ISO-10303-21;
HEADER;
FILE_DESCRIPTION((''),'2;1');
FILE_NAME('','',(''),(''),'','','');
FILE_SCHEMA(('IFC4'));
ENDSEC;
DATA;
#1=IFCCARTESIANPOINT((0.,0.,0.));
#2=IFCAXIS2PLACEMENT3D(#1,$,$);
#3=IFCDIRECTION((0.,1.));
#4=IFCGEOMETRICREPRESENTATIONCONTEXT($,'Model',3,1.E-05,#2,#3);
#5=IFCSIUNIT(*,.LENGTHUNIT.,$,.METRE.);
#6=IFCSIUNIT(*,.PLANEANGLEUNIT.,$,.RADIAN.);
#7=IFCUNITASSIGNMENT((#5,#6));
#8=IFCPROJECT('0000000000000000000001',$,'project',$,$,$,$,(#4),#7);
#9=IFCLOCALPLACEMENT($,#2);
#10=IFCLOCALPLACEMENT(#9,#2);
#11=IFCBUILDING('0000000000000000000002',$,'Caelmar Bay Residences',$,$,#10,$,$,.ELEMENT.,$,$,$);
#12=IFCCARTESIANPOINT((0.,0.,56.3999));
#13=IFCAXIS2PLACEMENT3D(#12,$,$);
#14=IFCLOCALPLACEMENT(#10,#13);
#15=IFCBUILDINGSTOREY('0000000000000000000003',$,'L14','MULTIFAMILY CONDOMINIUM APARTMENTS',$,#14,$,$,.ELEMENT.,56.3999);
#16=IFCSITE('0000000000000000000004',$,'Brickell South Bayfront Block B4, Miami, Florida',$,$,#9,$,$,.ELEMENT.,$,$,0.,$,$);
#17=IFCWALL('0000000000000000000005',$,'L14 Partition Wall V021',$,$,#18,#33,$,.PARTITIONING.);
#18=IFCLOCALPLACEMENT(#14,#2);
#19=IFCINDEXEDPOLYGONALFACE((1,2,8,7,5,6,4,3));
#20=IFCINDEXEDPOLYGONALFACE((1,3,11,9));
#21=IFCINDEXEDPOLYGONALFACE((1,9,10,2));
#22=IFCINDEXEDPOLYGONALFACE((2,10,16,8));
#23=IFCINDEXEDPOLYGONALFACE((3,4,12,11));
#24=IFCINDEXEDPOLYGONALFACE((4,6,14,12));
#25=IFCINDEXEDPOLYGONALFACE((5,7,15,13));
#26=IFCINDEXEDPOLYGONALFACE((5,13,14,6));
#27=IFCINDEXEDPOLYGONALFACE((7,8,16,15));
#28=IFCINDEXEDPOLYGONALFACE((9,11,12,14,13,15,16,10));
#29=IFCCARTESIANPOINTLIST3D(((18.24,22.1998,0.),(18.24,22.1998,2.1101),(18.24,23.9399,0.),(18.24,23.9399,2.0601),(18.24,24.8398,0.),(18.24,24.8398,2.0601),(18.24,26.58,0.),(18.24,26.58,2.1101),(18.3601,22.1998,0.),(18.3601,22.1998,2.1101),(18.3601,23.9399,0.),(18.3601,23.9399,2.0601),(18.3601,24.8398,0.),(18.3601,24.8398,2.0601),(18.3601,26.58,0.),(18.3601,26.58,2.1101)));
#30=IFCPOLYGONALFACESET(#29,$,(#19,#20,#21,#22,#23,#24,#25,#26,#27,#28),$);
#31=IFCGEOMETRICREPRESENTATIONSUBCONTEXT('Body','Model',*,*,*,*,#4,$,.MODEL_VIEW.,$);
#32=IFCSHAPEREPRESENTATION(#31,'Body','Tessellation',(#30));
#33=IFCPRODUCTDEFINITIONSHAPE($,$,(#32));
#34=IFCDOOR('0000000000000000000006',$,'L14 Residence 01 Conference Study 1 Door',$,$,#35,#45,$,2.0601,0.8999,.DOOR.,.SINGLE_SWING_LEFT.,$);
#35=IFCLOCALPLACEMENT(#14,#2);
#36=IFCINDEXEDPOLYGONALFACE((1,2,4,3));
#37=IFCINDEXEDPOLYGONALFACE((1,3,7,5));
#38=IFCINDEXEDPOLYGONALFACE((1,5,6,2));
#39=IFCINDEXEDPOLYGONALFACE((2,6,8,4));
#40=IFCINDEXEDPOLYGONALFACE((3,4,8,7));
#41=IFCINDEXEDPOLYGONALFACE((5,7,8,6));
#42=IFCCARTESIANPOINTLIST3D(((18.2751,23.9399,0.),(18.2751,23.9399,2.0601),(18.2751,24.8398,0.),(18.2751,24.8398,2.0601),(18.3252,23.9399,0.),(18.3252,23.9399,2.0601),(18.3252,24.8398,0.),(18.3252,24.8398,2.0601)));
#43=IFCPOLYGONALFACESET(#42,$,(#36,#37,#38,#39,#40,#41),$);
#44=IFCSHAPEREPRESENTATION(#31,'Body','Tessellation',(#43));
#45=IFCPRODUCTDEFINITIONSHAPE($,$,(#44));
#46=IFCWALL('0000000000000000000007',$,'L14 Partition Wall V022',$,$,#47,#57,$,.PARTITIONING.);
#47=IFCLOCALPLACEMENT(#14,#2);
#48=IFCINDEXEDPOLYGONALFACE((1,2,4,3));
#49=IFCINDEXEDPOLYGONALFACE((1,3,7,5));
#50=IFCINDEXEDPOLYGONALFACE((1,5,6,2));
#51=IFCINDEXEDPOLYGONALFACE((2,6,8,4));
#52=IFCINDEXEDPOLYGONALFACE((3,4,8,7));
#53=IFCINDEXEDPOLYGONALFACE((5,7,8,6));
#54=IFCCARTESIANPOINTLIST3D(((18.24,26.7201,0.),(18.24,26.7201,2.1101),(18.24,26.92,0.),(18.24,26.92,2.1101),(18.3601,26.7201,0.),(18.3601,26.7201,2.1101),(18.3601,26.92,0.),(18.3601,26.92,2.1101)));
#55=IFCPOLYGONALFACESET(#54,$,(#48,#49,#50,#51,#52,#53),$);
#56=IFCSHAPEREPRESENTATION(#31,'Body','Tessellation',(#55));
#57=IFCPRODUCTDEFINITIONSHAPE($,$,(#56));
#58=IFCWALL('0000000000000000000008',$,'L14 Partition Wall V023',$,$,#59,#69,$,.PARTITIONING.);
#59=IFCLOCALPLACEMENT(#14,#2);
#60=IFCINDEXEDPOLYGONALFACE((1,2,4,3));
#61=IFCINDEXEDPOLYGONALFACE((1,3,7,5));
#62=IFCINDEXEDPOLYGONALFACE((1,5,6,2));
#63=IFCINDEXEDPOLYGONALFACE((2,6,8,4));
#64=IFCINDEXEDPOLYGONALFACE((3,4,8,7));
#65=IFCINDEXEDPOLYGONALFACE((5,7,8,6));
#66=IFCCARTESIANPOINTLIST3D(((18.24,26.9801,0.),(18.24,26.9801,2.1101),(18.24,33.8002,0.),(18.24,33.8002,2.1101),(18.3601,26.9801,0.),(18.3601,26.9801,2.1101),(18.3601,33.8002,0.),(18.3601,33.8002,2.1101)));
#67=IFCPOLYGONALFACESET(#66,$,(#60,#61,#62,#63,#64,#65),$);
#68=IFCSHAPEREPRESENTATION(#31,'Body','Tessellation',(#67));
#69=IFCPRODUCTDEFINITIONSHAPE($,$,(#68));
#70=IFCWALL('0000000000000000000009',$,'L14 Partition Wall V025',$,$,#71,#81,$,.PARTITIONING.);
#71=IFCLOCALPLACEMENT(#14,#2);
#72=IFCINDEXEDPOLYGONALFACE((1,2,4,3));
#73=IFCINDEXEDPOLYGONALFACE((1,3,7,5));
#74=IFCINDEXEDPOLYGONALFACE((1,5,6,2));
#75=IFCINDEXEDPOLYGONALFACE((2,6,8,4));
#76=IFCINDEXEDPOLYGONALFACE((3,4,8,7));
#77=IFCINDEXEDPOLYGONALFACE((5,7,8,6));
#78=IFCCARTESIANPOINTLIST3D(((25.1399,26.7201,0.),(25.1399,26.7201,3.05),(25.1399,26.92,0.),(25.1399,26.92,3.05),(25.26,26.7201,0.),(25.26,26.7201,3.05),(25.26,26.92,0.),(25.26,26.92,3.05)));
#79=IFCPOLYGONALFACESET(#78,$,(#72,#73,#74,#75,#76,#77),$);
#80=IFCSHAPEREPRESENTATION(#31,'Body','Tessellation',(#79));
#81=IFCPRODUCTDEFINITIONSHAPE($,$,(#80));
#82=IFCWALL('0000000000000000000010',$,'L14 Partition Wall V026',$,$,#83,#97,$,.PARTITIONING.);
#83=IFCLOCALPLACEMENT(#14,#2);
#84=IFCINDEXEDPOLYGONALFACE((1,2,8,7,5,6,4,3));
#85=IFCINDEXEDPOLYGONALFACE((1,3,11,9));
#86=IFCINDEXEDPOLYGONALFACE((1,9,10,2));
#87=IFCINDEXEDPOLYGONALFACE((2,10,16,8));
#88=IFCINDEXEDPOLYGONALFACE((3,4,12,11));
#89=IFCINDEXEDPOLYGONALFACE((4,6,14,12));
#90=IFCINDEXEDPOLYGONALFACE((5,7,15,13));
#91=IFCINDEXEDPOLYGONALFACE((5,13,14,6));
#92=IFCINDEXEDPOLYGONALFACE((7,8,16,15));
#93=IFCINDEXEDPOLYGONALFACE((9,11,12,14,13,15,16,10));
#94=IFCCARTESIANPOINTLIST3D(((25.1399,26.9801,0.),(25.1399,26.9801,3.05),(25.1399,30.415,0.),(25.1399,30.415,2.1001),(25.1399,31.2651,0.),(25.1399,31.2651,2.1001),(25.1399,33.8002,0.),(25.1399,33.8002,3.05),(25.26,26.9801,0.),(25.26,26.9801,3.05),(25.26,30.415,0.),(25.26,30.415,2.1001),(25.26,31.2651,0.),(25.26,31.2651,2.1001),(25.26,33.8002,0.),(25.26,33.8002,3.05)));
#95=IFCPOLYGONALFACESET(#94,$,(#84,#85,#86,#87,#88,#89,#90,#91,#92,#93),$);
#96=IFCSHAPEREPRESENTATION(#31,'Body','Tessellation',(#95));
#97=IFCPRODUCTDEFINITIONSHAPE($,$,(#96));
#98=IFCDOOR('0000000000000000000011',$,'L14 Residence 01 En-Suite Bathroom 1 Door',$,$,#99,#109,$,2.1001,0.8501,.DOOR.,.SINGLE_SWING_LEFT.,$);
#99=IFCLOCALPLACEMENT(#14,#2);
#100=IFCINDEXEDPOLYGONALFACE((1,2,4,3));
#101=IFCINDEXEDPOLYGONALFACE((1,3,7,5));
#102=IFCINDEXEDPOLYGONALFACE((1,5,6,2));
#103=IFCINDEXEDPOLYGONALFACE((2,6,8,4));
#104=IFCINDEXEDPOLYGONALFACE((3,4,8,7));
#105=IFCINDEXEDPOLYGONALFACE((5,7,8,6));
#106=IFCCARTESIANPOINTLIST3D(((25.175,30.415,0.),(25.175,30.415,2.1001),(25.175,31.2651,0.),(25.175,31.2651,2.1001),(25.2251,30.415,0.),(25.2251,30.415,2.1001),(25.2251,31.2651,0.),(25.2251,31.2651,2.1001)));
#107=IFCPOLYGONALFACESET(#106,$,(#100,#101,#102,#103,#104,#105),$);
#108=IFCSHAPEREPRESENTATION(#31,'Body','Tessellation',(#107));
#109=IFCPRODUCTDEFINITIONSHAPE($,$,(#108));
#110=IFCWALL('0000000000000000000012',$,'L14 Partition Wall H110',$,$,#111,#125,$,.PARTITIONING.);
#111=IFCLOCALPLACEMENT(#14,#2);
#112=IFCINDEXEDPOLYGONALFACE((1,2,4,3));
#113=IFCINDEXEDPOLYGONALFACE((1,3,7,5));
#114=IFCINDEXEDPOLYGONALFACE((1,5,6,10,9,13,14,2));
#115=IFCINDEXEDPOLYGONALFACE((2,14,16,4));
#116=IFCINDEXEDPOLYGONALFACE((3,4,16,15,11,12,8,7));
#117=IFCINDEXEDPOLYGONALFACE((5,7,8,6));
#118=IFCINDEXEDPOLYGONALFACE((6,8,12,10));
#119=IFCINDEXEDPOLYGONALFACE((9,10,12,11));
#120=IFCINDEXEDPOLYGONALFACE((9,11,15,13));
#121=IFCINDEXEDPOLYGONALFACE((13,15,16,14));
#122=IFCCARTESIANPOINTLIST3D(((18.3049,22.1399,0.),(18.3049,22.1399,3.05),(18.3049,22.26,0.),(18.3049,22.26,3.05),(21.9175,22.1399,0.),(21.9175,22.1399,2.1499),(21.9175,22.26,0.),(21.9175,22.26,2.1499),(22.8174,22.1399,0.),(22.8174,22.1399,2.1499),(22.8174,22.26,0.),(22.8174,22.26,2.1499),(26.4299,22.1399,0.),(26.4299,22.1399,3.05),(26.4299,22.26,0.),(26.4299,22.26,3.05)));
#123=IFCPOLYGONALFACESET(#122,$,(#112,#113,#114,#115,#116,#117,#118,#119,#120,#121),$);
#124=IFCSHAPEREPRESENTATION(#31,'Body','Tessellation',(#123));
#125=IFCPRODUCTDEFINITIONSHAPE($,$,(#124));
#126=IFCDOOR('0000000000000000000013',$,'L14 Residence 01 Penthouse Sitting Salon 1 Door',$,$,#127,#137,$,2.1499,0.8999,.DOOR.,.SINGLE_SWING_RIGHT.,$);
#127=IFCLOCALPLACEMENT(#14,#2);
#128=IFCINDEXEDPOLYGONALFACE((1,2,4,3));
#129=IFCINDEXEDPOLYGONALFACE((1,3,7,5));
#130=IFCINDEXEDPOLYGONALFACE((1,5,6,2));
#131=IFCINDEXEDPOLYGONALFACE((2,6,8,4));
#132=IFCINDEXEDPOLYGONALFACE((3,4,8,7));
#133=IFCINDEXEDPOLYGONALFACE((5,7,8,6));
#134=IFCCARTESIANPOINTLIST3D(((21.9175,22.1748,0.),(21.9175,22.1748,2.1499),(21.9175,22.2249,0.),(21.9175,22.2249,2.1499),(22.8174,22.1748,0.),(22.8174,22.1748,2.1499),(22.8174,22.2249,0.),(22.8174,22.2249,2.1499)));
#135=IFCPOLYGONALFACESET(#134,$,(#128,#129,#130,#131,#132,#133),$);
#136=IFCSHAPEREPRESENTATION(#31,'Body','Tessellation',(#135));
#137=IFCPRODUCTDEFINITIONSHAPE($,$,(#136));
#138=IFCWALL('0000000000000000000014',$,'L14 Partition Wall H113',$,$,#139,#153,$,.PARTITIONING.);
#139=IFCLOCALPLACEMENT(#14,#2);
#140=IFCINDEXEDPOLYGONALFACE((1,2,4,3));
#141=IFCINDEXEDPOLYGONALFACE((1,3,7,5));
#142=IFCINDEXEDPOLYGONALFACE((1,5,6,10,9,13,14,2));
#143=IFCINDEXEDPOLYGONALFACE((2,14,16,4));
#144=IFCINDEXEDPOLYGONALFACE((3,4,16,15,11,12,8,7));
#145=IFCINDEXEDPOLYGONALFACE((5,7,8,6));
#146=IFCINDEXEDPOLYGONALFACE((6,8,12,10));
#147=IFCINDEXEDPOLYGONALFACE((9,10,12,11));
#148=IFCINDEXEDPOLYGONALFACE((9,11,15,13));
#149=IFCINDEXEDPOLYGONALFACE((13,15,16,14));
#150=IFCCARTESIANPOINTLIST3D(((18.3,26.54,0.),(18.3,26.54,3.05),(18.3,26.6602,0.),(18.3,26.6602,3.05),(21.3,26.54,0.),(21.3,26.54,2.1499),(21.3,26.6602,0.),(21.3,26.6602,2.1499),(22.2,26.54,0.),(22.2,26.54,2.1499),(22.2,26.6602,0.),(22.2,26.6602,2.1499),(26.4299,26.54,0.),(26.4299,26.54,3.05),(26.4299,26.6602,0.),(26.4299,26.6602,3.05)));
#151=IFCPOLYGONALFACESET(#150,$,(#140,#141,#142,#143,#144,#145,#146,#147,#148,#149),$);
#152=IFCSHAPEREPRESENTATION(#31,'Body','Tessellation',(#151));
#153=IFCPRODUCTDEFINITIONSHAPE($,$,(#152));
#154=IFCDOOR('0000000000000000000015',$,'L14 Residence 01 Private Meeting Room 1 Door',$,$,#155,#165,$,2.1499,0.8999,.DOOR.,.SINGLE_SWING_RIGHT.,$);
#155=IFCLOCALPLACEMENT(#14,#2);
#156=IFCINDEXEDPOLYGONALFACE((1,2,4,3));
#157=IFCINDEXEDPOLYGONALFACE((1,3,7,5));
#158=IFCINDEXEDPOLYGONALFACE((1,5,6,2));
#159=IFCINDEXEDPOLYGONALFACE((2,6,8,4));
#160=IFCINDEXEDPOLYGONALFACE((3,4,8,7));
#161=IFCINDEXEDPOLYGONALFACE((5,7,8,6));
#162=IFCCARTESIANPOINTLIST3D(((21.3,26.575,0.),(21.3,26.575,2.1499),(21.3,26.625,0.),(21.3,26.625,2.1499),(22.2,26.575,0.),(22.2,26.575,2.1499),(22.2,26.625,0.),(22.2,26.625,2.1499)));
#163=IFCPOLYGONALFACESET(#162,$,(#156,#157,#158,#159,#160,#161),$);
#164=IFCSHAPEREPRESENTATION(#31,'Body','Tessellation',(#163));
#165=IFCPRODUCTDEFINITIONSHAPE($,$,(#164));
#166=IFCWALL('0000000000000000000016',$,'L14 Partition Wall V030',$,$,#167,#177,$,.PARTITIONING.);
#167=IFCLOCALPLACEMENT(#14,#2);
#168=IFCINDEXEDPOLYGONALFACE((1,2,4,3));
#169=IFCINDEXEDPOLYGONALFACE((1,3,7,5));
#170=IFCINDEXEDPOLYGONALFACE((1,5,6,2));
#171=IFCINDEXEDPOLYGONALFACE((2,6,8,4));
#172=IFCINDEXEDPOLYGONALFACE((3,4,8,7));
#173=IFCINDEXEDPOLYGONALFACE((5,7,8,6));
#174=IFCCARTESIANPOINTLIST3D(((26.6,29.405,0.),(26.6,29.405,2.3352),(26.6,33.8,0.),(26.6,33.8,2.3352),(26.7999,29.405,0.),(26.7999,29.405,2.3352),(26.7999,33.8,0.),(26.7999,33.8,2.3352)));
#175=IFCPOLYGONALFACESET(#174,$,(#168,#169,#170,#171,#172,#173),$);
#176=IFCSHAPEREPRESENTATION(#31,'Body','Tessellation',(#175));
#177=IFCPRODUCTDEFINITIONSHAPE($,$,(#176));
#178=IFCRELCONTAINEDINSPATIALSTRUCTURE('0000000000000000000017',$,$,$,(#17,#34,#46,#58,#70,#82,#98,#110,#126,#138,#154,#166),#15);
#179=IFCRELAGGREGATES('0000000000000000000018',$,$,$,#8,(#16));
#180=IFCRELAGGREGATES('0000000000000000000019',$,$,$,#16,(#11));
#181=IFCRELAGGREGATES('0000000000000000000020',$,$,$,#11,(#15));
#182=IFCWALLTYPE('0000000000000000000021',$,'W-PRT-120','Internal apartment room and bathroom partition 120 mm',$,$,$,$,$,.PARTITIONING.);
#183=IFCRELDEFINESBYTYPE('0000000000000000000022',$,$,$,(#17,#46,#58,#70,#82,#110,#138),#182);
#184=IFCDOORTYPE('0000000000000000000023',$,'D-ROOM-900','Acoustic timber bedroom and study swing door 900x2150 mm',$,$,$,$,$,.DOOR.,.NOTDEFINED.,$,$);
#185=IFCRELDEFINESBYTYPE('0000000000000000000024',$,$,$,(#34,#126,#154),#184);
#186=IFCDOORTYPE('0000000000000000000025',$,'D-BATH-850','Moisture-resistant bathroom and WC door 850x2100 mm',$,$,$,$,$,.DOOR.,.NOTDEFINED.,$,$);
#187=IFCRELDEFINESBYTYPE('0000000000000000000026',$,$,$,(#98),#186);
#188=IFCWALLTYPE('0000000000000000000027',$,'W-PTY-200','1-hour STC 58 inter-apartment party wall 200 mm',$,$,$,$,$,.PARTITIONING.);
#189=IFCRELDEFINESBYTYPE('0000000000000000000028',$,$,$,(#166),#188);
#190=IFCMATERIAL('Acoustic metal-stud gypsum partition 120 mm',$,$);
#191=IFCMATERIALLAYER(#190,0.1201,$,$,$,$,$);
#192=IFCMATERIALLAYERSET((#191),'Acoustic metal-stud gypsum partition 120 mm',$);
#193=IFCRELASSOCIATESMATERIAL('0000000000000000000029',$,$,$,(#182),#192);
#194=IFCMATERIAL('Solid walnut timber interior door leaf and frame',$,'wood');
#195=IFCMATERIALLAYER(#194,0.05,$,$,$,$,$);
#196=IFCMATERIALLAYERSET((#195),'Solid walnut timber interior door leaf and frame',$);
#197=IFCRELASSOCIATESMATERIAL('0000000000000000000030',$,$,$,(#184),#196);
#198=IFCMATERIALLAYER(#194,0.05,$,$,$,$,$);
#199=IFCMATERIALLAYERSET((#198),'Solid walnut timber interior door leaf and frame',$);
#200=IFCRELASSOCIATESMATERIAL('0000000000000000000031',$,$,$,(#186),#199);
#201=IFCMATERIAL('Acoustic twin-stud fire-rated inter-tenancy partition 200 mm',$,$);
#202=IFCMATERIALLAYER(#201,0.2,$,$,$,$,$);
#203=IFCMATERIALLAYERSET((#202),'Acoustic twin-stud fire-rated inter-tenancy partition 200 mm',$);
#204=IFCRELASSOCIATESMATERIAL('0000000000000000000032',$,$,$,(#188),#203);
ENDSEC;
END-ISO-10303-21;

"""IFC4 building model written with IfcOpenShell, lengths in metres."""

from ifc_helpers import new_model, si_unit, direction, frame, frame_2d, origin, place, context, subcontext, project, spatial, rectangle, extrude, material, layer, layer_set, type_object, element, fill, save


model = new_model("IFC4")

# Units and contexts
model_context = context("Model", 3, precision=1e-05, world=origin(), true_north=direction((0.0, 1.0)))
body_context = subcontext(model_context, "Body", "Model", "MODEL_VIEW")
ifc_project = project(units=[si_unit("LENGTHUNIT", "METRE"), si_unit("PLANEANGLEUNIT", "RADIAN")], contexts=[model_context])

# Site, building, storey
site_placement = place(None, origin())
site = spatial("IfcSite", under=ifc_project, at=site_placement, Name="Brickell South Bayfront Block B4, Miami, Florida", CompositionType="ELEMENT", RefElevation=0.0)
building_placement = place(site_placement, origin())
building = spatial("IfcBuilding", under=site, at=building_placement, Name="Caelmar Bay Residences", CompositionType="ELEMENT")
storey_placement = place(building_placement, frame((0.0, 0.0, 56.3999)))
storey = spatial("IfcBuildingStorey", under=building, at=storey_placement, Name="L14", Description="MULTIFAMILY CONDOMINIUM APARTMENTS", CompositionType="ELEMENT", Elevation=56.3999)

# Wall, opening, door
ifc_material_1 = material(Name="Acoustic metal-stud gypsum partition 120 mm")
ifc_layer_1 = layer(ifc_material_1, 0.1201)
ifc_layer_set_1 = layer_set([ifc_layer_1], Name="Acoustic metal-stud gypsum partition 120 mm")
wall_type_1 = type_object("IfcWallType", Name="W-PRT-120", Description="Internal apartment room and bathroom partition 120 mm", PredefinedType="PARTITIONING", material=ifc_layer_set_1)
wall_1_placement = place(storey_placement, frame((18.3, 22.2, 0.0), z_axis=(0.0, 0.0, 1.0), x_axis=(0.0, 1.0, 0.0)))
wall_1 = element("IfcWall", 1, at=wall_1_placement, inside=storey, type_object=wall_type_1, Name="L14 Partition Wall V021", PredefinedType="PARTITIONING", context=body_context, shape_type="SweptSolid", body=[
    extrude(rectangle(XDim=4.3801, YDim=0.1201, at=frame_2d((2.1899, 0.0))), origin(), (0.0, 0.0, 1.0), 2.1101),
])
opening_1_placement = place(wall_1_placement, frame((1.74, 0.0, 0.0)))
opening_1 = element("IfcOpeningElement", 2, at=opening_1_placement, cuts=wall_1, PredefinedType="OPENING", context=body_context, shape_type="SweptSolid", body=[
    extrude(rectangle(XDim=0.8999, YDim=2.0601, at=frame_2d((0.45, 1.03))), frame((0.0, 0.0701, 0.0), z_axis=(0.0, -1.0, 0.0), x_axis=(1.0, 0.0, 0.0)), (0.0, 0.0, 1.0), 0.1401),
])
ifc_material_2 = material(Name="Solid walnut timber interior door leaf and frame", Category="wood")
ifc_layer_2 = layer(ifc_material_2, 0.05)
ifc_layer_set_2 = layer_set([ifc_layer_2], Name="Solid walnut timber interior door leaf and frame")
door_type_1 = type_object("IfcDoorType", Name="D-ROOM-900", Description="Acoustic timber bedroom and study swing door 900x2150 mm", OperationType="NOTDEFINED", PredefinedType="DOOR", material=ifc_layer_set_2)
door_1_placement = place(opening_1_placement, origin())
door_1 = element("IfcDoor", 3, at=door_1_placement, inside=storey, type_object=door_type_1, Name="L14 Residence 01 Conference Study 1 Door", OperationType="SINGLE_SWING_LEFT", OverallHeight=2.0601, OverallWidth=0.8999, PredefinedType="DOOR", context=body_context, shape_type="SweptSolid", body=[
    extrude(rectangle(XDim=0.8999, YDim=2.0601, at=frame_2d((0.45, 1.03))), frame((0.0, 0.0249, 0.0), z_axis=(0.0, -1.0, 0.0), x_axis=(1.0, 0.0, 0.0)), (0.0, 0.0, 1.0), 0.05),
])
fill(opening_1, door_1)

# Walls
wall_2_placement = place(storey_placement, frame((18.3, 26.72, 0.0), z_axis=(0.0, 0.0, 1.0), x_axis=(0.0, 1.0, 0.0)))
element("IfcWall", 4, at=wall_2_placement, inside=storey, type_object=wall_type_1, Name="L14 Partition Wall V022", PredefinedType="PARTITIONING", context=body_context, shape_type="SweptSolid", body=[
    extrude(rectangle(XDim=0.2, YDim=0.1201, at=frame_2d((0.1001, 0.0))), origin(), (0.0, 0.0, 1.0), 2.1101),
])
wall_3_placement = place(storey_placement, frame((18.3, 26.98, 0.0), z_axis=(0.0, 0.0, 1.0), x_axis=(0.0, 1.0, 0.0)))
element("IfcWall", 5, at=wall_3_placement, inside=storey, type_object=wall_type_1, Name="L14 Partition Wall V023", PredefinedType="PARTITIONING", context=body_context, shape_type="SweptSolid", body=[
    extrude(rectangle(XDim=6.8201, YDim=0.1201, at=frame_2d((3.4102, 0.0))), origin(), (0.0, 0.0, 1.0), 2.1101),
])
wall_4_placement = place(storey_placement, frame((25.2, 26.72, 0.0), z_axis=(0.0, 0.0, 1.0), x_axis=(0.0, 1.0, 0.0)))
element("IfcWall", 6, at=wall_4_placement, inside=storey, type_object=wall_type_1, Name="L14 Partition Wall V025", PredefinedType="PARTITIONING", context=body_context, shape_type="SweptSolid", body=[
    extrude(rectangle(XDim=0.2, YDim=0.1201, at=frame_2d((0.1001, 0.0))), origin(), (0.0, 0.0, 1.0), 3.05),
])

# Walls, openings, doors
wall_5_placement = place(storey_placement, frame((25.2, 26.98, 0.0), z_axis=(0.0, 0.0, 1.0), x_axis=(0.0, 1.0, 0.0)))
wall_5 = element("IfcWall", 7, at=wall_5_placement, inside=storey, type_object=wall_type_1, Name="L14 Partition Wall V026", PredefinedType="PARTITIONING", context=body_context, shape_type="SweptSolid", body=[
    extrude(rectangle(XDim=6.8201, YDim=0.1201, at=frame_2d((3.4102, 0.0))), origin(), (0.0, 0.0, 1.0), 3.05),
])
opening_2_placement = place(wall_5_placement, frame((3.4351, 0.0, 0.0)))
opening_2 = element("IfcOpeningElement", 8, at=opening_2_placement, cuts=wall_5, PredefinedType="OPENING", context=body_context, shape_type="SweptSolid", body=[
    extrude(rectangle(XDim=0.8501, YDim=2.1001, at=frame_2d((0.425, 1.05))), frame((0.0, 0.0701, 0.0), z_axis=(0.0, -1.0, 0.0), x_axis=(1.0, 0.0, 0.0)), (0.0, 0.0, 1.0), 0.1401),
])
ifc_layer_3 = layer(ifc_material_2, 0.05)
ifc_layer_set_3 = layer_set([ifc_layer_3], Name="Solid walnut timber interior door leaf and frame")
door_type_2 = type_object("IfcDoorType", Name="D-BATH-850", Description="Moisture-resistant bathroom and WC door 850x2100 mm", OperationType="NOTDEFINED", PredefinedType="DOOR", material=ifc_layer_set_3)
door_2_placement = place(opening_2_placement, origin())
door_2 = element("IfcDoor", 9, at=door_2_placement, inside=storey, type_object=door_type_2, Name="L14 Residence 01 En-Suite Bathroom 1 Door", OperationType="SINGLE_SWING_LEFT", OverallHeight=2.1001, OverallWidth=0.8501, PredefinedType="DOOR", context=body_context, shape_type="SweptSolid", body=[
    extrude(rectangle(XDim=0.8501, YDim=2.1001, at=frame_2d((0.425, 1.05))), frame((0.0, 0.0249, 0.0), z_axis=(0.0, -1.0, 0.0), x_axis=(1.0, 0.0, 0.0)), (0.0, 0.0, 1.0), 0.05),
])
fill(opening_2, door_2)
wall_6_placement = place(storey_placement, frame((18.3049, 22.2, 0.0), z_axis=(0.0, 0.0, 1.0), x_axis=(1.0, 0.0, 0.0)))
wall_6 = element("IfcWall", 10, at=wall_6_placement, inside=storey, type_object=wall_type_1, Name="L14 Partition Wall H110", PredefinedType="PARTITIONING", context=body_context, shape_type="SweptSolid", body=[
    extrude(rectangle(XDim=8.125, YDim=0.1201, at=frame_2d((4.0625, 0.0))), origin(), (0.0, 0.0, 1.0), 3.05),
])
opening_3_placement = place(wall_6_placement, frame((3.6125, 0.0, 0.0)))
opening_3 = element("IfcOpeningElement", 11, at=opening_3_placement, cuts=wall_6, PredefinedType="OPENING", context=body_context, shape_type="SweptSolid", body=[
    extrude(rectangle(XDim=0.8999, YDim=2.1499, at=frame_2d((0.45, 1.075))), frame((0.0, 0.0701, 0.0), z_axis=(0.0, -1.0, 0.0), x_axis=(1.0, 0.0, 0.0)), (0.0, 0.0, 1.0), 0.1401),
])
door_3_placement = place(opening_3_placement, origin())
door_3 = element("IfcDoor", 12, at=door_3_placement, inside=storey, type_object=door_type_1, Name="L14 Residence 01 Penthouse Sitting Salon 1 Door", OperationType="SINGLE_SWING_RIGHT", OverallHeight=2.1499, OverallWidth=0.8999, PredefinedType="DOOR", context=body_context, shape_type="SweptSolid", body=[
    extrude(rectangle(XDim=0.8999, YDim=2.1499, at=frame_2d((0.45, 1.075))), frame((0.0, 0.0249, 0.0), z_axis=(0.0, -1.0, 0.0), x_axis=(1.0, 0.0, 0.0)), (0.0, 0.0, 1.0), 0.05),
])
fill(opening_3, door_3)
wall_7_placement = place(storey_placement, frame((18.3, 26.6001, 0.0), z_axis=(0.0, 0.0, 1.0), x_axis=(1.0, 0.0, 0.0)))
wall_7 = element("IfcWall", 13, at=wall_7_placement, inside=storey, type_object=wall_type_1, Name="L14 Partition Wall H113", PredefinedType="PARTITIONING", context=body_context, shape_type="SweptSolid", body=[
    extrude(rectangle(XDim=8.1299, YDim=0.1201, at=frame_2d((4.0649, 0.0))), origin(), (0.0, 0.0, 1.0), 3.05),
])
opening_4_placement = place(wall_7_placement, frame((3.0, 0.0, 0.0)))
opening_4 = element("IfcOpeningElement", 14, at=opening_4_placement, cuts=wall_7, PredefinedType="OPENING", context=body_context, shape_type="SweptSolid", body=[
    extrude(rectangle(XDim=0.8999, YDim=2.1499, at=frame_2d((0.45, 1.075))), frame((0.0, 0.0701, 0.0), z_axis=(0.0, -1.0, 0.0), x_axis=(1.0, 0.0, 0.0)), (0.0, 0.0, 1.0), 0.1401),
])
door_4_placement = place(opening_4_placement, origin())
door_4 = element("IfcDoor", 15, at=door_4_placement, inside=storey, type_object=door_type_1, Name="L14 Residence 01 Private Meeting Room 1 Door", OperationType="SINGLE_SWING_RIGHT", OverallHeight=2.1499, OverallWidth=0.8999, PredefinedType="DOOR", context=body_context, shape_type="SweptSolid", body=[
    extrude(rectangle(XDim=0.8999, YDim=2.1499, at=frame_2d((0.45, 1.075))), frame((0.0, 0.0249, 0.0), z_axis=(0.0, -1.0, 0.0), x_axis=(1.0, 0.0, 0.0)), (0.0, 0.0, 1.0), 0.05),
])
fill(opening_4, door_4)

# Wall
ifc_material_3 = material(Name="Acoustic twin-stud fire-rated inter-tenancy partition 200 mm")
ifc_layer_4 = layer(ifc_material_3, 0.2)
ifc_layer_set_4 = layer_set([ifc_layer_4], Name="Acoustic twin-stud fire-rated inter-tenancy partition 200 mm")
wall_type_2 = type_object("IfcWallType", Name="W-PTY-200", Description="1-hour STC 58 inter-apartment party wall 200 mm", PredefinedType="PARTITIONING", material=ifc_layer_set_4)
wall_8_placement = place(storey_placement, frame((26.7, 29.405, 0.0), z_axis=(0.0, 0.0, 1.0), x_axis=(0.0, 1.0, 0.0)))
element("IfcWall", 16, at=wall_8_placement, inside=storey, type_object=wall_type_2, Name="L14 Partition Wall V030", PredefinedType="PARTITIONING", context=body_context, shape_type="SweptSolid", body=[
    extrude(rectangle(XDim=4.395, YDim=0.2, at=frame_2d((2.1975, 0.0))), origin(), (0.0, 0.0, 1.0), 2.3352),
])

save(model, "model.ifc")
